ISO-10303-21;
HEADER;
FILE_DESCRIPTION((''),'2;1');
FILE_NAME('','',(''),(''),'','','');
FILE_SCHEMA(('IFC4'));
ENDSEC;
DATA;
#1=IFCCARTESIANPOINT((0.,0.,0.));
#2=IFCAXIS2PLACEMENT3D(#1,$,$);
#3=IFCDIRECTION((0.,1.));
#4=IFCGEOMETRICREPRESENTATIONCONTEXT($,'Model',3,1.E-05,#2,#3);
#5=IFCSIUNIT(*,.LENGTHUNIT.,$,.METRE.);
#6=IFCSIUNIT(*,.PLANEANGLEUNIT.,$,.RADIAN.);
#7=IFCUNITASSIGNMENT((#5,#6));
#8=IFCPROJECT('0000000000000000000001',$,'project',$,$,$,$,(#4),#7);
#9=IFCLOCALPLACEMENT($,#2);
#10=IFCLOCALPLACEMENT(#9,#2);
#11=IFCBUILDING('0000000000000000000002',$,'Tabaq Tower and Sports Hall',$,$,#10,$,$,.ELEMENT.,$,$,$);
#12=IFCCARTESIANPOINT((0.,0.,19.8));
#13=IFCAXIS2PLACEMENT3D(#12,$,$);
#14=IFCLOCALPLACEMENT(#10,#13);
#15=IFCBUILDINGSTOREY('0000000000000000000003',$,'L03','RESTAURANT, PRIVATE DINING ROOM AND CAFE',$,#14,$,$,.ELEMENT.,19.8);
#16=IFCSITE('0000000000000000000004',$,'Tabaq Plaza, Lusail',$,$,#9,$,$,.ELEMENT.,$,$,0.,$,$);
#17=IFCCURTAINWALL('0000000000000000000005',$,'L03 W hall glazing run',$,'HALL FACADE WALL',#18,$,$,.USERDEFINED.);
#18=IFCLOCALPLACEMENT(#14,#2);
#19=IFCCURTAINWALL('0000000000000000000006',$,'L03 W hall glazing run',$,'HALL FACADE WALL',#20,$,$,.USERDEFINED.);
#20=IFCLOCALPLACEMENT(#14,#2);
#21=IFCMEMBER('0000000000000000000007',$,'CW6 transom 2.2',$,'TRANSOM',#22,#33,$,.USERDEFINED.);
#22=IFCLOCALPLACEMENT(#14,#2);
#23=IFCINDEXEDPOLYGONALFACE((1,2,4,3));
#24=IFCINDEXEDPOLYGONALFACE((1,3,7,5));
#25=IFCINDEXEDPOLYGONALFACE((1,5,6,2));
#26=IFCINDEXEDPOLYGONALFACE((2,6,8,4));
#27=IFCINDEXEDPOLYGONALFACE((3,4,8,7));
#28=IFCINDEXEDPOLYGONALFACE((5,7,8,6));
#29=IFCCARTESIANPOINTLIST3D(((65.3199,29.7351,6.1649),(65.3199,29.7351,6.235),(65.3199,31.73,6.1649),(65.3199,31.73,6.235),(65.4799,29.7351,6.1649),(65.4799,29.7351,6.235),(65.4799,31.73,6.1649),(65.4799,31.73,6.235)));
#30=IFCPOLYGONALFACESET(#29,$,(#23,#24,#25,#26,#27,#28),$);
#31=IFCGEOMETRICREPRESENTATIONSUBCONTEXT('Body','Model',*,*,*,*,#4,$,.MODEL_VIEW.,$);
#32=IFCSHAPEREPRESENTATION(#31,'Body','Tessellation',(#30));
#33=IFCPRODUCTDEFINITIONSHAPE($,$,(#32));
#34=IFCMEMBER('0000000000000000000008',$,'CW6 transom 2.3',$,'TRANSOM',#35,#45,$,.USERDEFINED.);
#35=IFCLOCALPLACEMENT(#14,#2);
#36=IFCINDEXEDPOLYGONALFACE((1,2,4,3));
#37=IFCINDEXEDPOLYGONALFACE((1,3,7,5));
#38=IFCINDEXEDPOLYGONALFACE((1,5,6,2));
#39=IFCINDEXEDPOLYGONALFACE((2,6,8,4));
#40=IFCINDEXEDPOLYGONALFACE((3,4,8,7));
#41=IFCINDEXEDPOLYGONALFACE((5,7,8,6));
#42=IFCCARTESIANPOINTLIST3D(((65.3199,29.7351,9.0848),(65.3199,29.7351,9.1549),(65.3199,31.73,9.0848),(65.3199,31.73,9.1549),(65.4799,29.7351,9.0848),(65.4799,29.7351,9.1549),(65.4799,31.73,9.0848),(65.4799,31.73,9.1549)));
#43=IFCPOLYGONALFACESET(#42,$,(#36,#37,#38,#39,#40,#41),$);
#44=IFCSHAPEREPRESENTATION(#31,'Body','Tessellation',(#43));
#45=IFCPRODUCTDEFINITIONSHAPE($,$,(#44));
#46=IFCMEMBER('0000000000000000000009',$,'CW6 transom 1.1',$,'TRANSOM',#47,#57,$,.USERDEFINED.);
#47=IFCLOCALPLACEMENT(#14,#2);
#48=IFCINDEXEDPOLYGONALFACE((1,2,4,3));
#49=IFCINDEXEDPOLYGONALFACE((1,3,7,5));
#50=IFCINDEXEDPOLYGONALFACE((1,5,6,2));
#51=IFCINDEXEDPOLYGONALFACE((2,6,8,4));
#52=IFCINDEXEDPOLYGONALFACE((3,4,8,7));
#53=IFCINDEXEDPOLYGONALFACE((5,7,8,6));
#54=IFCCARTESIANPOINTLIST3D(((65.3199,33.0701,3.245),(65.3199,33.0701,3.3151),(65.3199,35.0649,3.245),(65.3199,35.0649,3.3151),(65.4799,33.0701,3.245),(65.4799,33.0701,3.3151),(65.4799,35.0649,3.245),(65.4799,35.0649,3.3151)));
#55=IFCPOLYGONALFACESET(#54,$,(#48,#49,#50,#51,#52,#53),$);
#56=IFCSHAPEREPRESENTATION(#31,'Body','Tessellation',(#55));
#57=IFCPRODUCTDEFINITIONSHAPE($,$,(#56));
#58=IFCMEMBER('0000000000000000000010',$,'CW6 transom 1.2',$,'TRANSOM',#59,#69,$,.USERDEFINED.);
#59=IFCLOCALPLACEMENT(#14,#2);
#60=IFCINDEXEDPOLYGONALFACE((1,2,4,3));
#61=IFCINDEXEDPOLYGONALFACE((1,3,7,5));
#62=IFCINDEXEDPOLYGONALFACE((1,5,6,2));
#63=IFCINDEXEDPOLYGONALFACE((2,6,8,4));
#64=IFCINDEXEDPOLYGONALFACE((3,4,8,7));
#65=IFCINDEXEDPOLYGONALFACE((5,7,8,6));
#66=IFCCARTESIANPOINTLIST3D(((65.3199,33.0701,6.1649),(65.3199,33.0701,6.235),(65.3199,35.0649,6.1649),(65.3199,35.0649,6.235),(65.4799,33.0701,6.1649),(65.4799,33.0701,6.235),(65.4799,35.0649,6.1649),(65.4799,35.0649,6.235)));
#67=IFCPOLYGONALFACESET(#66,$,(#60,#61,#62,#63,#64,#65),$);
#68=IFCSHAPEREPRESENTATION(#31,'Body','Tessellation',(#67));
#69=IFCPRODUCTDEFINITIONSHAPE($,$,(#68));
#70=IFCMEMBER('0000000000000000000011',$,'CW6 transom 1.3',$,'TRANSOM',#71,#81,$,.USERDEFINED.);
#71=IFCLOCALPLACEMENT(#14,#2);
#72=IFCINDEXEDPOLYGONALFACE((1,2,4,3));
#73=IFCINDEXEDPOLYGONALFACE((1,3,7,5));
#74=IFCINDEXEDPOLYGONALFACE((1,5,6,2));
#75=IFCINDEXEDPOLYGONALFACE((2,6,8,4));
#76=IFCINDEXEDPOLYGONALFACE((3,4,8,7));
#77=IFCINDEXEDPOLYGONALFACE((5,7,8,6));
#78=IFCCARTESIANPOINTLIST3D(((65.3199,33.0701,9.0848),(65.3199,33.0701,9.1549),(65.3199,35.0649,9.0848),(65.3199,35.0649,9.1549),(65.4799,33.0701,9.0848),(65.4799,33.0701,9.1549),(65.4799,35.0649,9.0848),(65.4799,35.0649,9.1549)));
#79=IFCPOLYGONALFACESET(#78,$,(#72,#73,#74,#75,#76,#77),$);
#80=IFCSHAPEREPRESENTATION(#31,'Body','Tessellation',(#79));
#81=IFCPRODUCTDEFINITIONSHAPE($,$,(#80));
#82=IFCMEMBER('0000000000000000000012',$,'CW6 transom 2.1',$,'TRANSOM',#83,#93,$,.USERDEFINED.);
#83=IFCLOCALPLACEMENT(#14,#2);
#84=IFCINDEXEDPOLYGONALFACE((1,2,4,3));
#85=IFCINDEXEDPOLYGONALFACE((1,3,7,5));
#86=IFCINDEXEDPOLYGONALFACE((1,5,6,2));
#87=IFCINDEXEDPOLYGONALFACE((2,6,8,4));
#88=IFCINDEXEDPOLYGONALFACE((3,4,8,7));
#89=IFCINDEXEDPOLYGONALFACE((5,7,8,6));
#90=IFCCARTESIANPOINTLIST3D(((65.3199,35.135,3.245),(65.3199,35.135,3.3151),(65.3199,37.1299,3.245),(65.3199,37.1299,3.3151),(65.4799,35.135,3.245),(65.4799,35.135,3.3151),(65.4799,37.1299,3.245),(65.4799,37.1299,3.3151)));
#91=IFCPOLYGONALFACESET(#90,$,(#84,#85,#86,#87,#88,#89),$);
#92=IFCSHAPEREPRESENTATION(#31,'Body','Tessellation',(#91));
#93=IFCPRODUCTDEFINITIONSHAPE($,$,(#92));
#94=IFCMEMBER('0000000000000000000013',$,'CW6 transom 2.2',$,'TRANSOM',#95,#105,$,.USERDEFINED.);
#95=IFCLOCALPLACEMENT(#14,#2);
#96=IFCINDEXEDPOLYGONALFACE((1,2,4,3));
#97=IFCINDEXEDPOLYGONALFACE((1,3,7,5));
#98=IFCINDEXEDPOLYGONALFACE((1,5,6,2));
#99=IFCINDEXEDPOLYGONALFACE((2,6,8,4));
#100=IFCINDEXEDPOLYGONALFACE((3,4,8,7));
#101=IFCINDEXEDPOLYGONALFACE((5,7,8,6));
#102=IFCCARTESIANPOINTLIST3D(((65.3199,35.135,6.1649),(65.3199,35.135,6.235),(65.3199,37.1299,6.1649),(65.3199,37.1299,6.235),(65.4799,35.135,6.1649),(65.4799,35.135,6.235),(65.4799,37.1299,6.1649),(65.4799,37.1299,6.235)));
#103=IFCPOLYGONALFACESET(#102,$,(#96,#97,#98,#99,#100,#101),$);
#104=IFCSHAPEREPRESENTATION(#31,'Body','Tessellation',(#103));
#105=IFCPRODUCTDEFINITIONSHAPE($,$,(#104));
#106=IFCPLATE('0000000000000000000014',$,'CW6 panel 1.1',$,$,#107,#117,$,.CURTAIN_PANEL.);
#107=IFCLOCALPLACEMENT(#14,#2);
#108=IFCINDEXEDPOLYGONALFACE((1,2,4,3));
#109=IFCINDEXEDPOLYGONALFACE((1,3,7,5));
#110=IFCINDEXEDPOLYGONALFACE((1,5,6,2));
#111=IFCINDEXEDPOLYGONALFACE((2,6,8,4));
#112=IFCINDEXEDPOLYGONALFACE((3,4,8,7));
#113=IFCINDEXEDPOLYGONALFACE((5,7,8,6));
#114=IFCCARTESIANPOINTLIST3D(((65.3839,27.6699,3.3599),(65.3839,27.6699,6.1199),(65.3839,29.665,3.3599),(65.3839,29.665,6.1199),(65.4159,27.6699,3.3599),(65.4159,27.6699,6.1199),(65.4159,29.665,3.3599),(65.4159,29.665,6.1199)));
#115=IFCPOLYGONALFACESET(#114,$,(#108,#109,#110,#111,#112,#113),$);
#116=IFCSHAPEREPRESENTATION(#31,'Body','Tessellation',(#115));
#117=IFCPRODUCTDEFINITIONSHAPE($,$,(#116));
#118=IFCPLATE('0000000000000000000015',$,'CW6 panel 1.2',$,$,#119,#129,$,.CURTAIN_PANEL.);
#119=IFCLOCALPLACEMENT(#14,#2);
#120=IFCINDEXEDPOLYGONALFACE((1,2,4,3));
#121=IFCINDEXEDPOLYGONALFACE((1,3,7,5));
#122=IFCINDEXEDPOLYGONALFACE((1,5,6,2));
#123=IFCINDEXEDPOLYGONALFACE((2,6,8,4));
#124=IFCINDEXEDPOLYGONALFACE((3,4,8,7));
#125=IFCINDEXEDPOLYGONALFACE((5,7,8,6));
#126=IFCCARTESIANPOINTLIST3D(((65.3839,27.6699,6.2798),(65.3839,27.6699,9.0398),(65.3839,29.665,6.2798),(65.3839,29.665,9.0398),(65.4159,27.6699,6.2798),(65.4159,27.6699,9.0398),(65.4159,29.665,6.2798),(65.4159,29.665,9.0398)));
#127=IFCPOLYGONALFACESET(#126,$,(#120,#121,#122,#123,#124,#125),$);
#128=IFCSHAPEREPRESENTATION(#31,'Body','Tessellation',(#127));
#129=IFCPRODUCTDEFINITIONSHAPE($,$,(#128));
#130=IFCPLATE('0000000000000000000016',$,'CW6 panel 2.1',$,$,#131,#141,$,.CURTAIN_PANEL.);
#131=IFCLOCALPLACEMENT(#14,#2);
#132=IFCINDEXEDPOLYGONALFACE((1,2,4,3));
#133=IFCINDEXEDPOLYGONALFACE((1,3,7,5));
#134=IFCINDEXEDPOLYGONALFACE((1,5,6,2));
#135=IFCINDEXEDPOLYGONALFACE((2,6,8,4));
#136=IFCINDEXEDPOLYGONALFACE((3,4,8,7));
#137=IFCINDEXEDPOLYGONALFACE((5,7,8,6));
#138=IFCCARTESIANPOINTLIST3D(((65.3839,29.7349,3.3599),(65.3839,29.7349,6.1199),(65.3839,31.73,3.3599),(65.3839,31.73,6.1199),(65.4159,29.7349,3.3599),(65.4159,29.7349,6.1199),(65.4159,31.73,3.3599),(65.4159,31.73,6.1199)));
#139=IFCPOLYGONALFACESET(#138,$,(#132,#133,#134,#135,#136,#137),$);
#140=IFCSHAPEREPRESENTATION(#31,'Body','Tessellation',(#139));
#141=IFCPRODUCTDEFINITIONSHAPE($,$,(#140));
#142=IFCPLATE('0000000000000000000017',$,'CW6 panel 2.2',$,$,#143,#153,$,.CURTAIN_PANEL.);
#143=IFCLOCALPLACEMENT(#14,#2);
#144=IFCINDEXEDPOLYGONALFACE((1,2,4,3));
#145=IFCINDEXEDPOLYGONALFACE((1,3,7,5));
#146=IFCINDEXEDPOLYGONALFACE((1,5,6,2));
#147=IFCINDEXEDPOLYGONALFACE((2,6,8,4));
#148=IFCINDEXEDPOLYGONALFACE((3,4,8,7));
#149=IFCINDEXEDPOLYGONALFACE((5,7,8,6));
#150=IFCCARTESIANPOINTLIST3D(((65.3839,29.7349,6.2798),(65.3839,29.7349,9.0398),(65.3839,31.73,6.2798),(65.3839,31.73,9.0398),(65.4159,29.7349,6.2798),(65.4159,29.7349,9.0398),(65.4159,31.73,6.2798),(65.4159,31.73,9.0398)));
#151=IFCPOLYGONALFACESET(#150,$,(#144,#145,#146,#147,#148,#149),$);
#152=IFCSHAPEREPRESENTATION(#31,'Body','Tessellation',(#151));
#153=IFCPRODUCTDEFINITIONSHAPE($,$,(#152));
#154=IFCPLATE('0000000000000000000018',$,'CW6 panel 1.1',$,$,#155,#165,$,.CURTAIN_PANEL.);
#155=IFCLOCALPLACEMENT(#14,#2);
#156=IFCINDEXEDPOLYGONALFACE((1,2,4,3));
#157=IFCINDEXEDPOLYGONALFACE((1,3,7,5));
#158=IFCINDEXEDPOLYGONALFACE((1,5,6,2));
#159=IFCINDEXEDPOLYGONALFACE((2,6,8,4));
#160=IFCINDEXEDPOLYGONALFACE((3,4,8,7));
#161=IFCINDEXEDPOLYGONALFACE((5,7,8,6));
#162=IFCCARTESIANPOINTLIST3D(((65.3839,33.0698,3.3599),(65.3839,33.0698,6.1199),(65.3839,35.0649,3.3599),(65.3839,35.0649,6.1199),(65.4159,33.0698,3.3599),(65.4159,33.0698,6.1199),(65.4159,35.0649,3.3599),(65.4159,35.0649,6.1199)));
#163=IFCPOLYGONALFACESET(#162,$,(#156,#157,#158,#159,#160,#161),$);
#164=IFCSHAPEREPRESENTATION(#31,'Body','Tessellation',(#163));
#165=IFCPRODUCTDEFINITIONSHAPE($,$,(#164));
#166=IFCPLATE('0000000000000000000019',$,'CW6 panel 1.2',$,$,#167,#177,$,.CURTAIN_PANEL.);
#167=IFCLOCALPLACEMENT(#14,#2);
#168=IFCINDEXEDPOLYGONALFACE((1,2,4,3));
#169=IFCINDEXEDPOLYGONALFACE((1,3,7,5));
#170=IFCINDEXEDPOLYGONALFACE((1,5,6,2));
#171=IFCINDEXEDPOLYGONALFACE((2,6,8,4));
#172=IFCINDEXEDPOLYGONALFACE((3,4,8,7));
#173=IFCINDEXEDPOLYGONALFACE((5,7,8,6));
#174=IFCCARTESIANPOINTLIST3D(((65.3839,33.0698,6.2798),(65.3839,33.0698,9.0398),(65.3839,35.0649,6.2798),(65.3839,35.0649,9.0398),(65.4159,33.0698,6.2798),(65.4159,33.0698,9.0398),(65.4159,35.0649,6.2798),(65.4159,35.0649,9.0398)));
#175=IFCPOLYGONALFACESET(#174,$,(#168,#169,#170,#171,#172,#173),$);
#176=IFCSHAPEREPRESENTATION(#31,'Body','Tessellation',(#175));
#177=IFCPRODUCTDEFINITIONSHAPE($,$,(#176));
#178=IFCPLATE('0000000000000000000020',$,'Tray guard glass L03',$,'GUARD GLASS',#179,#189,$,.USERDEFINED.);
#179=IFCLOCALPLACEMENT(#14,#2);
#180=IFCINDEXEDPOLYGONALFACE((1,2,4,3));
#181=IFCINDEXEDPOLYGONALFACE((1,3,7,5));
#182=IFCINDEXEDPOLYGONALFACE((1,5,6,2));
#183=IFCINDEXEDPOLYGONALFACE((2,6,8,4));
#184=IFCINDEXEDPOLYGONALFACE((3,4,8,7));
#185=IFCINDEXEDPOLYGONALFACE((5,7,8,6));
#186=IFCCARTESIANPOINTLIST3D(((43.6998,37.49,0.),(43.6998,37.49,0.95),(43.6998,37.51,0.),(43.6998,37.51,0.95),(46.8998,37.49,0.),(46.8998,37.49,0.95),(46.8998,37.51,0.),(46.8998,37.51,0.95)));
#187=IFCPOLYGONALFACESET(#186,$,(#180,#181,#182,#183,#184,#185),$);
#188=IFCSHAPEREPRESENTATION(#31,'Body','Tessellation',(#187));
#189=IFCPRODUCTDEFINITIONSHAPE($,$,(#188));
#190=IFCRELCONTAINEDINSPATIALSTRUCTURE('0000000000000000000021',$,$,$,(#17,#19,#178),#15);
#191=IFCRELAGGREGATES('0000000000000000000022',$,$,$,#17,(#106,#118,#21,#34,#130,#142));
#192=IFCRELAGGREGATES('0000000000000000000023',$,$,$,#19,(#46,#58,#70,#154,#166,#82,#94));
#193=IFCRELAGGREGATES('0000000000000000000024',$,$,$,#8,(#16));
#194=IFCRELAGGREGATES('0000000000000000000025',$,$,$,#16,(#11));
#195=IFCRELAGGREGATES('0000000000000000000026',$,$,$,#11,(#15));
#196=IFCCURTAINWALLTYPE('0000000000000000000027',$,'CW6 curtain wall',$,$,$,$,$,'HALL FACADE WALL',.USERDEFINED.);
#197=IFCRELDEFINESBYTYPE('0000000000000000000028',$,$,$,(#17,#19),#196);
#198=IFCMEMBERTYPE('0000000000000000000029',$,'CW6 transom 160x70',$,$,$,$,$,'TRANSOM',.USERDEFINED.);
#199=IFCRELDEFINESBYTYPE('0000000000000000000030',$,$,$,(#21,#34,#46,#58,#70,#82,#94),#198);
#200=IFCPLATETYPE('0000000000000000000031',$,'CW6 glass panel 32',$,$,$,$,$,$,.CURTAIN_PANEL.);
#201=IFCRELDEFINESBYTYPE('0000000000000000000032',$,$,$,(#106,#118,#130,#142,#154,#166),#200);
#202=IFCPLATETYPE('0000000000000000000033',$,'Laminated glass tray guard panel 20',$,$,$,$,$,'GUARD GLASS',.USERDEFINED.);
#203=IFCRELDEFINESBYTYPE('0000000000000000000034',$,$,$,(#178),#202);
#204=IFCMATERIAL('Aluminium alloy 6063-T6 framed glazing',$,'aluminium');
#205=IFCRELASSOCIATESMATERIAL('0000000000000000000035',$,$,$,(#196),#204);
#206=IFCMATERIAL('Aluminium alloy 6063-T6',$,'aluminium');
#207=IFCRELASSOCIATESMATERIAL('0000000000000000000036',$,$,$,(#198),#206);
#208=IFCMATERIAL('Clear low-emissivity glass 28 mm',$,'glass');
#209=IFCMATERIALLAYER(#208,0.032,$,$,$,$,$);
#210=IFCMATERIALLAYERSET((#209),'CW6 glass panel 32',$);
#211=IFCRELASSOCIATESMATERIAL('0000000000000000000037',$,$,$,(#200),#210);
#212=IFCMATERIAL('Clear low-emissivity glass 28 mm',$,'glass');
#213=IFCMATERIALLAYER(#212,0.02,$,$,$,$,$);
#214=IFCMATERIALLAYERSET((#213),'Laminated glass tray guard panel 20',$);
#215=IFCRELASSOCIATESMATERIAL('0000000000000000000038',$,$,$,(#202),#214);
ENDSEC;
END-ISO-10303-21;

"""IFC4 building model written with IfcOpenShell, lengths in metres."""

from ifc_helpers import new_model, si_unit, direction, frame, frame_2d, origin, origin_2d, place, context, subcontext, project, spatial, rectangle, extrude, material, layer, layer_set, material_profile, profile_set, type_object, element, aggregate, save


model = new_model("IFC4")

# Units and contexts
model_context = context("Model", 3, precision=1e-05, world=origin(), true_north=direction((0.0, 1.0)))
body_context = subcontext(model_context, "Body", "Model", "MODEL_VIEW")
ifc_project = project(units=[si_unit("LENGTHUNIT", "METRE"), si_unit("PLANEANGLEUNIT", "RADIAN")], contexts=[model_context])

# Site, building, storey
site_placement = place(None, origin())
site = spatial("IfcSite", under=ifc_project, at=site_placement, Name="Tabaq Plaza, Lusail", CompositionType="ELEMENT", RefElevation=0.0)
building_placement = place(site_placement, origin())
building = spatial("IfcBuilding", under=site, at=building_placement, Name="Tabaq Tower and Sports Hall", CompositionType="ELEMENT")
storey_placement = place(building_placement, frame((0.0, 0.0, 19.8)))
storey = spatial("IfcBuildingStorey", under=building, at=storey_placement, Name="L03", Description="RESTAURANT, PRIVATE DINING ROOM AND CAFE", CompositionType="ELEMENT", Elevation=19.8)

# Shared definitions
ifc_material_1 = material(Name="Aluminium alloy 6063-T6 framed glazing", Category="aluminium")
curtain_wall_type = type_object("IfcCurtainWallType", Name="CW6 curtain wall", ElementType="HALL FACADE WALL", PredefinedType="USERDEFINED", material=ifc_material_1)

# Curtain walls
curtain_wall_1_placement = place(storey_placement, origin())
curtain_wall_1 = element("IfcCurtainWall", 1, at=curtain_wall_1_placement, inside=storey, type_object=curtain_wall_type, Name="L03 W hall glazing run", ObjectType="HALL FACADE WALL", PredefinedType="USERDEFINED")
curtain_wall_2_placement = place(storey_placement, origin())
curtain_wall_2 = element("IfcCurtainWall", 2, at=curtain_wall_2_placement, inside=storey, type_object=curtain_wall_type, Name="L03 W hall glazing run", ObjectType="HALL FACADE WALL", PredefinedType="USERDEFINED")

# Members
ifc_material_2 = material(Name="Aluminium alloy 6063-T6", Category="aluminium")
ifc_material_profile_1 = material_profile(ifc_material_2, rectangle(XDim=0.1599, YDim=0.0701, at=origin_2d()), Name="TRANSOM 160x70")
ifc_profile_set_1 = profile_set([ifc_material_profile_1], Name="Aluminium alloy 6063-T6")
member_type_1 = type_object("IfcMemberType", Name="CW6 transom 160x70", ElementType="TRANSOM", PredefinedType="USERDEFINED", material=ifc_profile_set_1)
member_1_placement = place(storey_placement, frame((65.3999, 29.7351, 6.2), z_axis=(0.0, 1.0, 0.0), x_axis=(-1.0, 0.0, 0.0)))
member_1 = element("IfcMember", 3, at=member_1_placement, type_object=member_type_1, Name="CW6 transom 2.2", ObjectType="TRANSOM", PredefinedType="USERDEFINED", context=body_context, shape_type="SweptSolid", body=[
    extrude(rectangle(XDim=0.1599, YDim=0.0701, at=origin_2d()), origin(), (0.0, 0.0, 1.0), 1.9949),
])
member_2_placement = place(storey_placement, frame((65.3999, 29.7351, 9.1199), z_axis=(0.0, 1.0, 0.0), x_axis=(-1.0, 0.0, 0.0)))
member_2 = element("IfcMember", 4, at=member_2_placement, type_object=member_type_1, Name="CW6 transom 2.3", ObjectType="TRANSOM", PredefinedType="USERDEFINED", context=body_context, shape_type="SweptSolid", body=[
    extrude(rectangle(XDim=0.1599, YDim=0.0701, at=origin_2d()), origin(), (0.0, 0.0, 1.0), 1.9949),
])
member_3_placement = place(storey_placement, frame((65.3999, 33.0701, 3.28), z_axis=(0.0, 1.0, 0.0), x_axis=(-1.0, 0.0, 0.0)))
member_3 = element("IfcMember", 5, at=member_3_placement, type_object=member_type_1, Name="CW6 transom 1.1", ObjectType="TRANSOM", PredefinedType="USERDEFINED", context=body_context, shape_type="SweptSolid", body=[
    extrude(rectangle(XDim=0.1599, YDim=0.0701, at=origin_2d()), origin(), (0.0, 0.0, 1.0), 1.9949),
])
member_4_placement = place(storey_placement, frame((65.3999, 33.0701, 6.2), z_axis=(0.0, 1.0, 0.0), x_axis=(-1.0, 0.0, 0.0)))
member_4 = element("IfcMember", 6, at=member_4_placement, type_object=member_type_1, Name="CW6 transom 1.2", ObjectType="TRANSOM", PredefinedType="USERDEFINED", context=body_context, shape_type="SweptSolid", body=[
    extrude(rectangle(XDim=0.1599, YDim=0.0701, at=origin_2d()), origin(), (0.0, 0.0, 1.0), 1.9949),
])
member_5_placement = place(storey_placement, frame((65.3999, 33.0701, 9.1199), z_axis=(0.0, 1.0, 0.0), x_axis=(-1.0, 0.0, 0.0)))
member_5 = element("IfcMember", 7, at=member_5_placement, type_object=member_type_1, Name="CW6 transom 1.3", ObjectType="TRANSOM", PredefinedType="USERDEFINED", context=body_context, shape_type="SweptSolid", body=[
    extrude(rectangle(XDim=0.1599, YDim=0.0701, at=origin_2d()), origin(), (0.0, 0.0, 1.0), 1.9949),
])
member_6_placement = place(storey_placement, frame((65.3999, 35.135, 3.28), z_axis=(0.0, 1.0, 0.0), x_axis=(-1.0, 0.0, 0.0)))
member_6 = element("IfcMember", 8, at=member_6_placement, type_object=member_type_1, Name="CW6 transom 2.1", ObjectType="TRANSOM", PredefinedType="USERDEFINED", context=body_context, shape_type="SweptSolid", body=[
    extrude(rectangle(XDim=0.1599, YDim=0.0701, at=origin_2d()), origin(), (0.0, 0.0, 1.0), 1.9949),
])
member_7_placement = place(storey_placement, frame((65.3999, 35.135, 6.2), z_axis=(0.0, 1.0, 0.0), x_axis=(-1.0, 0.0, 0.0)))
member_7 = element("IfcMember", 9, at=member_7_placement, type_object=member_type_1, Name="CW6 transom 2.2", ObjectType="TRANSOM", PredefinedType="USERDEFINED", context=body_context, shape_type="SweptSolid", body=[
    extrude(rectangle(XDim=0.1599, YDim=0.0701, at=origin_2d()), origin(), (0.0, 0.0, 1.0), 1.9949),
])

# Plates
ifc_material_3 = material(Name="Clear low-emissivity glass 28 mm", Category="glass")
ifc_layer_1 = layer(ifc_material_3, 0.032)
ifc_layer_set_1 = layer_set([ifc_layer_1], Name="CW6 glass panel 32")
plate_type_1 = type_object("IfcPlateType", Name="CW6 glass panel 32", PredefinedType="CURTAIN_PANEL", material=ifc_layer_set_1)
plate_1_placement = place(storey_placement, frame((65.3999, 28.6675, 3.3599), z_axis=(0.0, 0.0, 1.0), x_axis=(0.0, 1.0, 0.0)))
plate_1 = element("IfcPlate", 10, at=plate_1_placement, type_object=plate_type_1, Name="CW6 panel 1.1", PredefinedType="CURTAIN_PANEL", context=body_context, shape_type="SweptSolid", body=[
    extrude(rectangle(XDim=1.9951, YDim=0.032, at=origin_2d()), origin(), (0.0, 0.0, 1.0), 2.76),
])
plate_2_placement = place(storey_placement, frame((65.3999, 28.6675, 6.2798), z_axis=(0.0, 0.0, 1.0), x_axis=(0.0, 1.0, 0.0)))
plate_2 = element("IfcPlate", 11, at=plate_2_placement, type_object=plate_type_1, Name="CW6 panel 1.2", PredefinedType="CURTAIN_PANEL", context=body_context, shape_type="SweptSolid", body=[
    extrude(rectangle(XDim=1.9951, YDim=0.032, at=origin_2d()), origin(), (0.0, 0.0, 1.0), 2.76),
])
plate_3_placement = place(storey_placement, frame((65.3999, 30.7324, 3.3599), z_axis=(0.0, 0.0, 1.0), x_axis=(0.0, 1.0, 0.0)))
plate_3 = element("IfcPlate", 12, at=plate_3_placement, type_object=plate_type_1, Name="CW6 panel 2.1", PredefinedType="CURTAIN_PANEL", context=body_context, shape_type="SweptSolid", body=[
    extrude(rectangle(XDim=1.9951, YDim=0.032, at=origin_2d()), origin(), (0.0, 0.0, 1.0), 2.76),
])
plate_4_placement = place(storey_placement, frame((65.3999, 30.7324, 6.2798), z_axis=(0.0, 0.0, 1.0), x_axis=(0.0, 1.0, 0.0)))
plate_4 = element("IfcPlate", 13, at=plate_4_placement, type_object=plate_type_1, Name="CW6 panel 2.2", PredefinedType="CURTAIN_PANEL", context=body_context, shape_type="SweptSolid", body=[
    extrude(rectangle(XDim=1.9951, YDim=0.032, at=origin_2d()), origin(), (0.0, 0.0, 1.0), 2.76),
])
aggregate(curtain_wall_1, [plate_1, plate_2, member_1, member_2, plate_3, plate_4])
plate_5_placement = place(storey_placement, frame((65.3999, 34.0674, 3.3599), z_axis=(0.0, 0.0, 1.0), x_axis=(0.0, 1.0, 0.0)))
plate_5 = element("IfcPlate", 14, at=plate_5_placement, type_object=plate_type_1, Name="CW6 panel 1.1", PredefinedType="CURTAIN_PANEL", context=body_context, shape_type="SweptSolid", body=[
    extrude(rectangle(XDim=1.9951, YDim=0.032, at=origin_2d()), origin(), (0.0, 0.0, 1.0), 2.76),
])
plate_6_placement = place(storey_placement, frame((65.3999, 34.0674, 6.2798), z_axis=(0.0, 0.0, 1.0), x_axis=(0.0, 1.0, 0.0)))
plate_6 = element("IfcPlate", 15, at=plate_6_placement, type_object=plate_type_1, Name="CW6 panel 1.2", PredefinedType="CURTAIN_PANEL", context=body_context, shape_type="SweptSolid", body=[
    extrude(rectangle(XDim=1.9951, YDim=0.032, at=origin_2d()), origin(), (0.0, 0.0, 1.0), 2.76),
])
aggregate(curtain_wall_2, [member_3, member_4, member_5, plate_5, plate_6, member_6, member_7])
ifc_material_4 = material(Name="Clear low-emissivity glass 28 mm", Category="glass")
ifc_layer_2 = layer(ifc_material_4, 0.02)
ifc_layer_set_2 = layer_set([ifc_layer_2], Name="Laminated glass tray guard panel 20")
plate_type_2 = type_object("IfcPlateType", Name="Laminated glass tray guard panel 20", ElementType="GUARD GLASS", PredefinedType="USERDEFINED", material=ifc_layer_set_2)
plate_7_placement = place(storey_placement, frame((46.8999, 37.5, 0.0), z_axis=(0.0, 0.0, 1.0), x_axis=(-1.0, 0.0, 0.0)))
element("IfcPlate", 16, at=plate_7_placement, inside=storey, type_object=plate_type_2, Name="Tray guard glass L03", ObjectType="GUARD GLASS", PredefinedType="USERDEFINED", context=body_context, shape_type="SweptSolid", body=[
    extrude(rectangle(XDim=3.2, YDim=0.02, at=frame_2d((1.6001, 0.0))), origin(), (0.0, 0.0, 1.0), 0.95),
])

save(model, "model.ifc")
